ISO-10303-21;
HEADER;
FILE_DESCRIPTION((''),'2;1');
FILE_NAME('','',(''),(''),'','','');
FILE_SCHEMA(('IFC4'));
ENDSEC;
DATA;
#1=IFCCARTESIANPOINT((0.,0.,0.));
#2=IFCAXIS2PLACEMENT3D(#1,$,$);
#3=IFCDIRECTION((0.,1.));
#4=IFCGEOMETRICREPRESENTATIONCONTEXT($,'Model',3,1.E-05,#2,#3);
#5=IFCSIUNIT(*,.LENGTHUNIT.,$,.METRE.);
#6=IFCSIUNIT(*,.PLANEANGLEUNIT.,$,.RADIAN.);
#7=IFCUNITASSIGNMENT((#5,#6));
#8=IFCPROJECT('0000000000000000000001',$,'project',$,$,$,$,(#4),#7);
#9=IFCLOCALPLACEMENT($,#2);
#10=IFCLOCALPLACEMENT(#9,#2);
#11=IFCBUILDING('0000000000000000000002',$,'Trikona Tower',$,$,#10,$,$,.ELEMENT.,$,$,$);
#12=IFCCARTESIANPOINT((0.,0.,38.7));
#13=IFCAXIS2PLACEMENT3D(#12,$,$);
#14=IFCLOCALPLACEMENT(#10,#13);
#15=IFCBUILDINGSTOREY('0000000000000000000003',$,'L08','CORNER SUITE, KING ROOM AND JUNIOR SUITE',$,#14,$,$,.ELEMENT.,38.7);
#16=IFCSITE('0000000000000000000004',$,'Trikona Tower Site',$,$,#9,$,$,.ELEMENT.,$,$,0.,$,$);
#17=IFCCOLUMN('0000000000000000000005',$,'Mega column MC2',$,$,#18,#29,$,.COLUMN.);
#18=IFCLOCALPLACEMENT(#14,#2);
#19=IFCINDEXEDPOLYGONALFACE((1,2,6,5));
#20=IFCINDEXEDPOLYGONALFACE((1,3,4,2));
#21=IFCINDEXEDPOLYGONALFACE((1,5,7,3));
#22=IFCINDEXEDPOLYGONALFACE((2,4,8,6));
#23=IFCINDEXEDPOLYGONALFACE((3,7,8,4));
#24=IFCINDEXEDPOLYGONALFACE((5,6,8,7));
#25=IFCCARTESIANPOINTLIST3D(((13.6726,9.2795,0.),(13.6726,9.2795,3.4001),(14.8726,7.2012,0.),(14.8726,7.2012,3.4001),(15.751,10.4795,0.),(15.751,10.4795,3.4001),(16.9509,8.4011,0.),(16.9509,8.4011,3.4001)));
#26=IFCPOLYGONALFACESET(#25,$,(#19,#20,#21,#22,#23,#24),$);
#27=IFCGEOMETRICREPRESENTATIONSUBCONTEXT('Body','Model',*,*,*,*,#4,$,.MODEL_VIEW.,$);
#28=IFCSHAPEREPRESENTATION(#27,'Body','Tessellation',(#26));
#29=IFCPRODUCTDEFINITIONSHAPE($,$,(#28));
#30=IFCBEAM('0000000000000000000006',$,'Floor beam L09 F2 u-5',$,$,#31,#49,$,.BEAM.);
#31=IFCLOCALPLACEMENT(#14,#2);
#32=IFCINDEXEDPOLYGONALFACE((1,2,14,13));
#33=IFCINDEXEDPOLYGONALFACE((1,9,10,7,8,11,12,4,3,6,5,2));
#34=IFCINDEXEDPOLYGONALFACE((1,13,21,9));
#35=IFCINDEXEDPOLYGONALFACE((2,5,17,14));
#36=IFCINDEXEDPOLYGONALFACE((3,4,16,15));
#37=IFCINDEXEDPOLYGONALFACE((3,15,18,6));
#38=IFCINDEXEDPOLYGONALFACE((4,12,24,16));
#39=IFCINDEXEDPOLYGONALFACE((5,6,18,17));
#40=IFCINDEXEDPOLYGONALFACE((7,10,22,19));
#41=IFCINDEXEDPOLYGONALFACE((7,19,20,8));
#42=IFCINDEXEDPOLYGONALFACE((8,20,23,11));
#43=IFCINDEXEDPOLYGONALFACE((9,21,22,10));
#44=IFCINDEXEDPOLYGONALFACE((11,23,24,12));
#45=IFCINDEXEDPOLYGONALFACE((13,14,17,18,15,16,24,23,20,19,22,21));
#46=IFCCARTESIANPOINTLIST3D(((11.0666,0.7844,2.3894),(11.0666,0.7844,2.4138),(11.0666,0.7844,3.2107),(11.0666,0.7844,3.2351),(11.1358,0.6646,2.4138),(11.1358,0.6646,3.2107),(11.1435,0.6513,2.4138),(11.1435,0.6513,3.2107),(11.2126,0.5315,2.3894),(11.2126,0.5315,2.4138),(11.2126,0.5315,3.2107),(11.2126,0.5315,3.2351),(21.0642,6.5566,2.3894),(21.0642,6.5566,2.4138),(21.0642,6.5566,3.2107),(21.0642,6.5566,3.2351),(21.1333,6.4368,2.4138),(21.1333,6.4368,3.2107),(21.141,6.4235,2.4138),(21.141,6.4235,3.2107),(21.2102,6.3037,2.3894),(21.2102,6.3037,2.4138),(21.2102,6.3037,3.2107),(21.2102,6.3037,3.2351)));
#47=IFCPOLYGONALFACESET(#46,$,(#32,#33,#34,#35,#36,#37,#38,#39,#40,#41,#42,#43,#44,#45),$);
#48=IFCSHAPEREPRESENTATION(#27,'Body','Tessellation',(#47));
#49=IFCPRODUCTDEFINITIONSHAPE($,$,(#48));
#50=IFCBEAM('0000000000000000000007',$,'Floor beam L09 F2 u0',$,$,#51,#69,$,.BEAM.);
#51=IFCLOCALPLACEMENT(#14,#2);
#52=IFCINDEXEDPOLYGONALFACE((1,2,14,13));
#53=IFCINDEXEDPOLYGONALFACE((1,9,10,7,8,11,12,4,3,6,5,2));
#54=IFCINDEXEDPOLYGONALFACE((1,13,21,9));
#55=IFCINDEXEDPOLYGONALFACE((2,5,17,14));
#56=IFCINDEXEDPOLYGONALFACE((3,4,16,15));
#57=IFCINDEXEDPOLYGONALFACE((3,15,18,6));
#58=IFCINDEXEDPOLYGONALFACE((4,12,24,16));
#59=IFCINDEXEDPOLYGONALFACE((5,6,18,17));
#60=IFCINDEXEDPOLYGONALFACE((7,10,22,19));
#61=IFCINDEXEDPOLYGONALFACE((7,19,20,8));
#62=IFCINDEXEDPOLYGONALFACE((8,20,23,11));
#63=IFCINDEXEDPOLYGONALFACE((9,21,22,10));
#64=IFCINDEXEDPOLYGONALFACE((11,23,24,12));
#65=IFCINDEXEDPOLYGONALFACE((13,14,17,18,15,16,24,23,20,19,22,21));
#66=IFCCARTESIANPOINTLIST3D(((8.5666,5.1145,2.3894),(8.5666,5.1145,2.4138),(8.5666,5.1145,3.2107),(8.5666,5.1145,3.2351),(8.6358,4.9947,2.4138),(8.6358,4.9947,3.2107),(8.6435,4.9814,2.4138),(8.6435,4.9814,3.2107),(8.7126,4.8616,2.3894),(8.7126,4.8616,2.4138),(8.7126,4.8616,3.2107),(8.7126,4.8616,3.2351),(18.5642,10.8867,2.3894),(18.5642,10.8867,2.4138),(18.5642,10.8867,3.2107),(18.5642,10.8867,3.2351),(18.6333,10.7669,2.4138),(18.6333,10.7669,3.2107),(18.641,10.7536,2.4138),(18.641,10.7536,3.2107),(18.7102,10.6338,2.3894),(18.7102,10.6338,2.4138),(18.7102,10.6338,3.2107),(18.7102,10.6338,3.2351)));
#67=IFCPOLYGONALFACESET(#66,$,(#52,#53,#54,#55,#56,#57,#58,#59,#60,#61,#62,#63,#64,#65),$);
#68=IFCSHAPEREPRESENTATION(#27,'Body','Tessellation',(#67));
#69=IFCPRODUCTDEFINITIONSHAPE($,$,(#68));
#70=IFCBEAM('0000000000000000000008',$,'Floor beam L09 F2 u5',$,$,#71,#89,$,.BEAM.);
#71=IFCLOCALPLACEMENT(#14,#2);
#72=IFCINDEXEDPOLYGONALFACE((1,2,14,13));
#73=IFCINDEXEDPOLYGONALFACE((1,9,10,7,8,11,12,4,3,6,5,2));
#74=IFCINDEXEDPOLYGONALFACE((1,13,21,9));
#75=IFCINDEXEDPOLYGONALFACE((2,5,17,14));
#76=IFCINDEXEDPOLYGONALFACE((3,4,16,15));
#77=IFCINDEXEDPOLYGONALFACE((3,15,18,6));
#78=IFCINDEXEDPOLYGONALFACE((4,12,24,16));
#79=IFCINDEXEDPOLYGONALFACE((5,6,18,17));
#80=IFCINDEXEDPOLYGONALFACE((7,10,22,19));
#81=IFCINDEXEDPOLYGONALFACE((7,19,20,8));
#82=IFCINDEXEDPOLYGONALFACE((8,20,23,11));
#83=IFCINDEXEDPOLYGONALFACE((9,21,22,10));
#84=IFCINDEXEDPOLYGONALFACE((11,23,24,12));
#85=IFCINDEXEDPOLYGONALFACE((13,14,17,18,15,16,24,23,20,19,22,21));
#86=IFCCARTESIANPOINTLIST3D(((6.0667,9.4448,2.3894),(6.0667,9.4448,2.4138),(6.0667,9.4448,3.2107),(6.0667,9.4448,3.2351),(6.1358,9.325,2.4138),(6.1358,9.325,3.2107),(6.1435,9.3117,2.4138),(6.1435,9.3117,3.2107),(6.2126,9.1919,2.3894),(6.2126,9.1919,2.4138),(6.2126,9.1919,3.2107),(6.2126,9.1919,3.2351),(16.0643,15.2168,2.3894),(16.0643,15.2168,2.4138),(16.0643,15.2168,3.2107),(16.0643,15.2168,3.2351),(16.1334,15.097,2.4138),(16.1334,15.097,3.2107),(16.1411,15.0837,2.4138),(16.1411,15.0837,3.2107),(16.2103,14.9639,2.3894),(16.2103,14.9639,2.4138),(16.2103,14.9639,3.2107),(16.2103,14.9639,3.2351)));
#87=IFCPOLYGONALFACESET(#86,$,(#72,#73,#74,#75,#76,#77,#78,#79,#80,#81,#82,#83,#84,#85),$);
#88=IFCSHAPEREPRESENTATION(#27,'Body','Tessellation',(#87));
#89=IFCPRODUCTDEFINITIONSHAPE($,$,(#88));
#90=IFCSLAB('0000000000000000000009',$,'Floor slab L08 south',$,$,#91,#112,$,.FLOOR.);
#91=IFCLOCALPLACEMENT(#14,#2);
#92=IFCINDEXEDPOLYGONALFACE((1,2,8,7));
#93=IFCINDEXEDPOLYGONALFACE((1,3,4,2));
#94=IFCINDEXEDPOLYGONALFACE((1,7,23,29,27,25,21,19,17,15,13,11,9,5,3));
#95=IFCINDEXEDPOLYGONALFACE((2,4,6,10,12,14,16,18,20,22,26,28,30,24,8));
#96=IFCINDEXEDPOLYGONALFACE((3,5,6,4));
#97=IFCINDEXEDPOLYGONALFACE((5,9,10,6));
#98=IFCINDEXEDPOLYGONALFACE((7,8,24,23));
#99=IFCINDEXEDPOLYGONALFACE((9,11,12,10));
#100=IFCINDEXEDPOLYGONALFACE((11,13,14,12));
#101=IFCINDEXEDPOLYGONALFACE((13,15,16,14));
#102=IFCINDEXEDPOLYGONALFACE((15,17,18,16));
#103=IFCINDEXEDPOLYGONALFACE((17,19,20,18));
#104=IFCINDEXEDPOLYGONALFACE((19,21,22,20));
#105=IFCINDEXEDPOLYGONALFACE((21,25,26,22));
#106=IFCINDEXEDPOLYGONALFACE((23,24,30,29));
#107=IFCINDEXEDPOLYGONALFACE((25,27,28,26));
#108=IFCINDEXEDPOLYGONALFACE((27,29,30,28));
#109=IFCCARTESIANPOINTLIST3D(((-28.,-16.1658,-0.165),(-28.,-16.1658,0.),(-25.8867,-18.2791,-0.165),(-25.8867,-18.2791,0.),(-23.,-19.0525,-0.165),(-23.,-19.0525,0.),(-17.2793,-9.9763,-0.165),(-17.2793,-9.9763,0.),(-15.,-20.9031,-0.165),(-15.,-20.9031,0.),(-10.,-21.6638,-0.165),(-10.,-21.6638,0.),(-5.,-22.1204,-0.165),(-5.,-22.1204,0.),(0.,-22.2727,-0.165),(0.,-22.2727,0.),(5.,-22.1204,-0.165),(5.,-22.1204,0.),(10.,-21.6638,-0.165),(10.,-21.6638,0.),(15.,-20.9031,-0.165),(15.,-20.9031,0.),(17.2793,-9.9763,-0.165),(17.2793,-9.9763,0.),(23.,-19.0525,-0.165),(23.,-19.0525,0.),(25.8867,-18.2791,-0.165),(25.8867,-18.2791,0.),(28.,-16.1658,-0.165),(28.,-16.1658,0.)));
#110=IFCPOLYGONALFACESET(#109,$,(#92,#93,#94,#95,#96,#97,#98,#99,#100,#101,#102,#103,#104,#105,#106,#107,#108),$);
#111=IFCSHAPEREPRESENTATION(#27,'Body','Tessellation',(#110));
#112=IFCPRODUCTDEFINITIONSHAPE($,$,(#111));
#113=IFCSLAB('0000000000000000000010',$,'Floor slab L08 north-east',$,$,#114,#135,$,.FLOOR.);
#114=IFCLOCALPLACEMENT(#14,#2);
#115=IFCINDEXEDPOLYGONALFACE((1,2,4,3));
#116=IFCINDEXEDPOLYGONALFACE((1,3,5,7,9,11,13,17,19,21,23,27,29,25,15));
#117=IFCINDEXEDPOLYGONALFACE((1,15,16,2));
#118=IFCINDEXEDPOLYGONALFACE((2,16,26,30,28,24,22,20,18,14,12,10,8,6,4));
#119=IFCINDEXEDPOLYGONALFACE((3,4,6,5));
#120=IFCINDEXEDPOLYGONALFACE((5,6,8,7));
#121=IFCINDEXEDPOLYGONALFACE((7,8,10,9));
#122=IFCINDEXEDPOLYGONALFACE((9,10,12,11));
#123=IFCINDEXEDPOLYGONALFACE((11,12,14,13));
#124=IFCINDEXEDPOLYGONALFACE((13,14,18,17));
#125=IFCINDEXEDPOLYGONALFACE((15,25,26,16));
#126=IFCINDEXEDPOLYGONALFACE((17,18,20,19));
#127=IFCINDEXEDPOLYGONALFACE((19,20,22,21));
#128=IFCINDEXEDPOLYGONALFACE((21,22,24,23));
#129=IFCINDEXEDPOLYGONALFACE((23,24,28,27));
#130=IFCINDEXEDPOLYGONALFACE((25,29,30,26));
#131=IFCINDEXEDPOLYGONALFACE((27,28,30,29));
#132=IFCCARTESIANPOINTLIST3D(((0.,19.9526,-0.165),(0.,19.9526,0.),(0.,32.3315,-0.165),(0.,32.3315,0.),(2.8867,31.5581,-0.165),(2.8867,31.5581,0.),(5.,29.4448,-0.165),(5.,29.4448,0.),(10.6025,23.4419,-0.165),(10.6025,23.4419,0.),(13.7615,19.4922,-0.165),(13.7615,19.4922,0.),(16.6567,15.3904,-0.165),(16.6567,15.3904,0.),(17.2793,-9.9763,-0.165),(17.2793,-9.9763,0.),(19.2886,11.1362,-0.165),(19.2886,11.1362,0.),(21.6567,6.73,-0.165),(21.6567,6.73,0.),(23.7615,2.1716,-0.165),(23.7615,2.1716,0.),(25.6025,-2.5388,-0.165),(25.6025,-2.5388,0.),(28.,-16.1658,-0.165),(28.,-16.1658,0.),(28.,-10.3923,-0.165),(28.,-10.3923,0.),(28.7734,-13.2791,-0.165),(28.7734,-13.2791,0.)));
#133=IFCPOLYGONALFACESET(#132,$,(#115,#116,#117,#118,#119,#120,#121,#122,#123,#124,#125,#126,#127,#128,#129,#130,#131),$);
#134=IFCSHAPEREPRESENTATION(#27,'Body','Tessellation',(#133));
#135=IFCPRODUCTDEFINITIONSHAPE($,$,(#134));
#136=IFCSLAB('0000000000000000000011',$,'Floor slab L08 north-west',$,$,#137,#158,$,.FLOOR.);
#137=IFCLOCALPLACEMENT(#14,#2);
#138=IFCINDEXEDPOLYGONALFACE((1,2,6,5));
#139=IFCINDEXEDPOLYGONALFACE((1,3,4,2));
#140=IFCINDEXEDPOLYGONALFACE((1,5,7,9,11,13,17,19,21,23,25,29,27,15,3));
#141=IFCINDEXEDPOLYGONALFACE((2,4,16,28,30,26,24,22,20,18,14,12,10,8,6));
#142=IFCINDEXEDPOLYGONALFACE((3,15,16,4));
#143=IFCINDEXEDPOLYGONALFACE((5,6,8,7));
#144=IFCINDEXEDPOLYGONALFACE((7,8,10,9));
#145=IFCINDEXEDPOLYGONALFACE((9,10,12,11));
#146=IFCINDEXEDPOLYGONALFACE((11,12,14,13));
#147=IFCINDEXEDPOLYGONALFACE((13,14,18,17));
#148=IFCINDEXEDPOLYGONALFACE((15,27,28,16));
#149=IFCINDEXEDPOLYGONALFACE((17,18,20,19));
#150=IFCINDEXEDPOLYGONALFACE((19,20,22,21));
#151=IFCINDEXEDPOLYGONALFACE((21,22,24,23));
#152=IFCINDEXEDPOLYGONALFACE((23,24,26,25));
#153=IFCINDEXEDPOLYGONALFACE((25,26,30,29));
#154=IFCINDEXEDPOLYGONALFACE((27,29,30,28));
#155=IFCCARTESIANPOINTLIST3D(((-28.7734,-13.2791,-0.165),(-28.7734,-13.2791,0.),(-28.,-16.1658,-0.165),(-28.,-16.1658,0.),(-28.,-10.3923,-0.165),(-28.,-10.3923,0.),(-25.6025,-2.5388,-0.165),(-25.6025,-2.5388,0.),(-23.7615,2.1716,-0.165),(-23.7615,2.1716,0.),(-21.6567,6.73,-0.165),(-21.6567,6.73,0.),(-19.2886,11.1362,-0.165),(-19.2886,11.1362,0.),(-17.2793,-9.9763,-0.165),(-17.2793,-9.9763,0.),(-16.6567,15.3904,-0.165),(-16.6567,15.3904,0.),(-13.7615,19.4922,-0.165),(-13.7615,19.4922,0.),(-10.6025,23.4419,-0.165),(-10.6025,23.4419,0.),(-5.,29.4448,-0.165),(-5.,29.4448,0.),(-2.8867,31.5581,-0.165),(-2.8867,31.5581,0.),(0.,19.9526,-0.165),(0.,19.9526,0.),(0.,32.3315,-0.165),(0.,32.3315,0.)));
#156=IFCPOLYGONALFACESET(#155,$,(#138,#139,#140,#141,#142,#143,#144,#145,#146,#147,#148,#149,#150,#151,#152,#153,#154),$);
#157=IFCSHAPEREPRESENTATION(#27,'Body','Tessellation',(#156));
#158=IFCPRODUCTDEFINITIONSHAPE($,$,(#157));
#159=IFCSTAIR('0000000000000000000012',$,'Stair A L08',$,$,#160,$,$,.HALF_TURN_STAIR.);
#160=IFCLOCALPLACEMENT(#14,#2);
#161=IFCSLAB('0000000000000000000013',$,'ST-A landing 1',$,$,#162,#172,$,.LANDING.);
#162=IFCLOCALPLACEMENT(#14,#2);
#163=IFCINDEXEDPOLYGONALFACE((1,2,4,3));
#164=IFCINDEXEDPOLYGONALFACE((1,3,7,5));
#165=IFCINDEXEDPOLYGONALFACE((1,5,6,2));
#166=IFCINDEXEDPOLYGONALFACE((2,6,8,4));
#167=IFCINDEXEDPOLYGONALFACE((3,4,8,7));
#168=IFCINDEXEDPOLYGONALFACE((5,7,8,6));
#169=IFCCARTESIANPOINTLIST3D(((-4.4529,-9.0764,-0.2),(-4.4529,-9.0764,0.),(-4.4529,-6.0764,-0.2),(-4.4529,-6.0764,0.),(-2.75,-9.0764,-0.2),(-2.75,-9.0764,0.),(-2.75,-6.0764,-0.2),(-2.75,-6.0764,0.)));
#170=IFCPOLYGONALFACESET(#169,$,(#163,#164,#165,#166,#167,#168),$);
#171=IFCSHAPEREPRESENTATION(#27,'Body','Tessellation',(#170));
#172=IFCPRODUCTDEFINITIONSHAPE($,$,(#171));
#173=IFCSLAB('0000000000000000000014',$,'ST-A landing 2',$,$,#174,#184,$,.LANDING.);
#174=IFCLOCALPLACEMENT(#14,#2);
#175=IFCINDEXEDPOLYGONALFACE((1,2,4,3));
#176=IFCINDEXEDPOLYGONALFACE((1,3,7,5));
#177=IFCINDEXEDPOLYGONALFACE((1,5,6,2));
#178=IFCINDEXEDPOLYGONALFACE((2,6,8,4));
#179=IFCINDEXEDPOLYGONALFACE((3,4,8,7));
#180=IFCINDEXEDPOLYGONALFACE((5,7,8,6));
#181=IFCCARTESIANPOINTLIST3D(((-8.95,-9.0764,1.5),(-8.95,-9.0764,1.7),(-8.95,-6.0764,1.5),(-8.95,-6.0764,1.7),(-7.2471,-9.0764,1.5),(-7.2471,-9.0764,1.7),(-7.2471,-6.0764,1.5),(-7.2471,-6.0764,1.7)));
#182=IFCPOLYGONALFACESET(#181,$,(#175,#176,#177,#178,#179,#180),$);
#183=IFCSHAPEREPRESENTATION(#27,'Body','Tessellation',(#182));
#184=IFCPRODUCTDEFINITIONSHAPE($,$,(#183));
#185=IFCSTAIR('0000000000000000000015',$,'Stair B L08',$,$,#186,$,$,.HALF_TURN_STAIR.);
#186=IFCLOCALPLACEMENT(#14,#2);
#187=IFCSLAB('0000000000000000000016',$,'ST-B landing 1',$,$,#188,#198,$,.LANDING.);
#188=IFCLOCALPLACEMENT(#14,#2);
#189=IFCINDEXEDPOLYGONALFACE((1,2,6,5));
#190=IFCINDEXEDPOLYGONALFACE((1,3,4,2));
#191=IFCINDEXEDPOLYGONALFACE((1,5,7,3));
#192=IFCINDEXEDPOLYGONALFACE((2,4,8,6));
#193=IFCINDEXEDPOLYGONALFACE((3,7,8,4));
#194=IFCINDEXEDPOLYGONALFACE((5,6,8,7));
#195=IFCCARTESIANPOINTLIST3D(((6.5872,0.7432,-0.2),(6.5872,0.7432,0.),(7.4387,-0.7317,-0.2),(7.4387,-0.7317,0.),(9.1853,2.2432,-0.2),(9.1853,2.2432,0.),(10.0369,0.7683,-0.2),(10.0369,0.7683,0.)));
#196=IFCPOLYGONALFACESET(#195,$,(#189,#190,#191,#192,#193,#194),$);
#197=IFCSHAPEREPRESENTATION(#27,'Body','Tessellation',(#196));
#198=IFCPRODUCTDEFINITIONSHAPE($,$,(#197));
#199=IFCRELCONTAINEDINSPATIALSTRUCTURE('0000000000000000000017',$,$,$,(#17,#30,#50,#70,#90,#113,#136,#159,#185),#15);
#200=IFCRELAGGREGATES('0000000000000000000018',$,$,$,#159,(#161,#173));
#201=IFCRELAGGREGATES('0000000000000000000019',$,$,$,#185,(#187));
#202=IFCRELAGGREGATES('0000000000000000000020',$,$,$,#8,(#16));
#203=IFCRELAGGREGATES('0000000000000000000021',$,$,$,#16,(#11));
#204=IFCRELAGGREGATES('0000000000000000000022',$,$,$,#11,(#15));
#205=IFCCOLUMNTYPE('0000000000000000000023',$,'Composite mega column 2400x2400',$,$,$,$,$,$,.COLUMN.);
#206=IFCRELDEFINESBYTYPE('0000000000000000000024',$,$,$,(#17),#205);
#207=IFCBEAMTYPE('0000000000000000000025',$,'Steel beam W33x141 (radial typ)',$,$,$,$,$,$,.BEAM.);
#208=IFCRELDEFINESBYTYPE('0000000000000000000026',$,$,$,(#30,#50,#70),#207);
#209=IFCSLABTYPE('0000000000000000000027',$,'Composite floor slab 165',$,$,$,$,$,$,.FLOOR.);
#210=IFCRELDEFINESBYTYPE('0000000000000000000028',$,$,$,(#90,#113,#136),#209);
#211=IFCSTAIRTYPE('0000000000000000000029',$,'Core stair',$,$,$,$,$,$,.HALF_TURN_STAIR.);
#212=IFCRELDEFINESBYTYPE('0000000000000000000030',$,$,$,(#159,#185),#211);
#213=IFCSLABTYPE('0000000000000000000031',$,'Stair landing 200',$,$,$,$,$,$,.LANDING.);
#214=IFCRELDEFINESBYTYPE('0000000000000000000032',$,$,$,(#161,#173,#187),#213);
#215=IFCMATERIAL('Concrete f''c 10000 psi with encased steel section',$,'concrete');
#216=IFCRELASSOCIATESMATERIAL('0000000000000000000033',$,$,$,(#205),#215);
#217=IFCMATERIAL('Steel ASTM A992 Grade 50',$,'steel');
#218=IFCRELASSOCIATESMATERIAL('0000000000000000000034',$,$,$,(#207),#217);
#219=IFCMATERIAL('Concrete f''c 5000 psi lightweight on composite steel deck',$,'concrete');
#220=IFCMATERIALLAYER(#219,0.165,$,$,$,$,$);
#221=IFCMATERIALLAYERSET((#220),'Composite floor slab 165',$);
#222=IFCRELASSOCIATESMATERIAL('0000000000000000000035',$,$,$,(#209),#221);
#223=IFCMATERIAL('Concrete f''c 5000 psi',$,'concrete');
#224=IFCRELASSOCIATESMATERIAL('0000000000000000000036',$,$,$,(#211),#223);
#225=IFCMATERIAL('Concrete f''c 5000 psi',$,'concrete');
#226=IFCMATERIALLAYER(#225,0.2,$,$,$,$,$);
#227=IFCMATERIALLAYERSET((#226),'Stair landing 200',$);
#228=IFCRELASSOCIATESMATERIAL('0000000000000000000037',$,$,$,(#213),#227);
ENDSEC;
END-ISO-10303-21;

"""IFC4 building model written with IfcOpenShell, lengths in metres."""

from ifc_helpers import new_model, si_unit, direction, frame, origin, origin_2d, place, context, subcontext, project, spatial, polyline, rectangle, i_section, outline, extrude, material, layer, layer_set, material_profile, profile_set, type_object, element, aggregate, save


model = new_model("IFC4")

# Units and contexts
model_context = context("Model", 3, precision=1e-05, world=origin(), true_north=direction((0.0, 1.0)))
body_context = subcontext(model_context, "Body", "Model", "MODEL_VIEW")
ifc_project = project(units=[si_unit("LENGTHUNIT", "METRE"), si_unit("PLANEANGLEUNIT", "RADIAN")], contexts=[model_context])

# Site, building, storey
site_placement = place(None, origin())
site = spatial("IfcSite", under=ifc_project, at=site_placement, Name="Trikona Tower Site", CompositionType="ELEMENT", RefElevation=0.0)
building_placement = place(site_placement, origin())
building = spatial("IfcBuilding", under=site, at=building_placement, Name="Trikona Tower", CompositionType="ELEMENT")
storey_placement = place(building_placement, frame((0.0, 0.0, 38.7)))
storey = spatial("IfcBuildingStorey", under=building, at=storey_placement, Name="L08", Description="CORNER SUITE, KING ROOM AND JUNIOR SUITE", CompositionType="ELEMENT", Elevation=38.7)

# Column
ifc_material_1 = material(Name="Concrete f'c 10000 psi with encased steel section", Category="concrete")
ifc_material_profile_1 = material_profile(ifc_material_1, rectangle(XDim=2.3999, YDim=2.3999, at=origin_2d()), Name="MC2400")
ifc_profile_set_1 = profile_set([ifc_material_profile_1], Name="Concrete f'c 10000 psi with encased steel section")
column_type = type_object("IfcColumnType", Name="Composite mega column 2400x2400", PredefinedType="COLUMN", material=ifc_profile_set_1)
column_placement = place(storey_placement, frame((15.3118, 8.8403, 0.0), z_axis=(0.0, 0.0, 1.0), x_axis=(0.866025, 0.5, 0.0)))
element("IfcColumn", 1, at=column_placement, inside=storey, type_object=column_type, Name="Mega column MC2", PredefinedType="COLUMN", context=body_context, shape_type="SweptSolid", body=[
    extrude(rectangle(XDim=2.3999, YDim=2.3999, at=origin_2d()), origin(), (0.0, 0.0, 1.0), 3.4001),
])

# Beams
ifc_material_2 = material(Name="Steel ASTM A992 Grade 50", Category="steel")
ifc_material_profile_2 = material_profile(ifc_material_2, i_section(OverallWidth=0.292, OverallDepth=0.8457, WebThickness=0.0154, FlangeThickness=0.0244, at=origin_2d()), Name="W33X141")
ifc_profile_set_2 = profile_set([ifc_material_profile_2], Name="Steel ASTM A992 Grade 50")
beam_type = type_object("IfcBeamType", Name="Steel beam W33x141 (radial typ)", PredefinedType="BEAM", material=ifc_profile_set_2)
for number, where, z_axis, x_axis, name in (
    (2, (11.1396, 0.658, 2.8123), (0.866021, 0.500008, 0.0), (-0.500008, 0.866021, 0.0), "Floor beam L09 F2 u-5"),
    (3, (8.6396, 4.988, 2.8123), (0.866021, 0.500008, 0.0), (-0.500008, 0.866021, 0.0), "Floor beam L09 F2 u0"),
    (4, (6.1396, 9.3184, 2.8123), (0.86603, 0.499992, 0.0), (-0.499992, 0.86603, 0.0), "Floor beam L09 F2 u5"),
):
    element("IfcBeam", number, at=place(storey_placement, frame(where, z_axis=z_axis, x_axis=x_axis)), inside=storey, type_object=beam_type, Name=name, PredefinedType="BEAM", context=body_context, shape_type="SweptSolid", body=[
        extrude(i_section(OverallWidth=0.292, OverallDepth=0.8457, WebThickness=0.0154, FlangeThickness=0.0244, at=origin_2d()), origin(), (0.0, 0.0, 1.0), 11.5442),
    ])

# Slabs
ifc_material_3 = material(Name="Concrete f'c 5000 psi lightweight on composite steel deck", Category="concrete")
ifc_layer_1 = layer(ifc_material_3, 0.165)
ifc_layer_set_1 = layer_set([ifc_layer_1], Name="Composite floor slab 165")
slab_type_1 = type_object("IfcSlabType", Name="Composite floor slab 165", PredefinedType="FLOOR", material=ifc_layer_set_1)
slab_1_placement = place(storey_placement, frame((0.0, 0.0, -0.165)))
element("IfcSlab", 5, at=slab_1_placement, inside=storey, type_object=slab_type_1, Name="Floor slab L08 south", PredefinedType="FLOOR", context=body_context, shape_type="SweptSolid", body=[
    extrude(outline(polyline([(25.8867, -18.2791), (28.0, -16.1658), (17.2793, -9.9763), (-17.2793, -9.9763), (-28.0, -16.1658), (-25.8867, -18.2791), (-23.0, -19.0525), (-15.0, -20.9031), (-10.0, -21.6638), (-5.0, -22.1204), (0.0, -22.2727), (5.0, -22.1204), (10.0, -21.6638), (15.0, -20.9031), (23.0, -19.0525), (25.8867, -18.2791)])), origin(), (0.0, 0.0, 1.0), 0.165),
])
slab_2_placement = place(storey_placement, frame((0.0, 0.0, -0.165)))
element("IfcSlab", 6, at=slab_2_placement, inside=storey, type_object=slab_type_1, Name="Floor slab L08 north-east", PredefinedType="FLOOR", context=body_context, shape_type="SweptSolid", body=[
    extrude(outline(polyline([(2.8867, 31.5581), (0.0, 32.3315), (0.0, 19.9526), (17.2793, -9.9763), (28.0, -16.1658), (28.7734, -13.2791), (28.0, -10.3923), (25.6025, -2.5388), (23.7615, 2.1716), (21.6567, 6.73), (19.2886, 11.1362), (16.6567, 15.3904), (13.7615, 19.4922), (10.6025, 23.4419), (5.0, 29.4448), (2.8867, 31.5581)])), origin(), (0.0, 0.0, 1.0), 0.165),
])
slab_3_placement = place(storey_placement, frame((0.0, 0.0, -0.165)))
element("IfcSlab", 7, at=slab_3_placement, inside=storey, type_object=slab_type_1, Name="Floor slab L08 north-west", PredefinedType="FLOOR", context=body_context, shape_type="SweptSolid", body=[
    extrude(outline(polyline([(0.0, 19.9526), (0.0, 32.3315), (-2.8867, 31.5581), (-5.0, 29.4448), (-10.6025, 23.4419), (-13.7615, 19.4922), (-16.6567, 15.3904), (-19.2886, 11.1362), (-21.6567, 6.73), (-23.7615, 2.1716), (-25.6025, -2.5388), (-28.0, -10.3923), (-28.7734, -13.2791), (-28.0, -16.1658), (-17.2793, -9.9763), (0.0, 19.9526)])), origin(), (0.0, 0.0, 1.0), 0.165),
])

# Stairs, slabs
ifc_material_4 = material(Name="Concrete f'c 5000 psi", Category="concrete")
stair_type = type_object("IfcStairType", Name="Core stair", PredefinedType="HALF_TURN_STAIR", material=ifc_material_4)
stair_1_placement = place(storey_placement, origin())
stair_1 = element("IfcStair", 8, at=stair_1_placement, inside=storey, type_object=stair_type, Name="Stair A L08", PredefinedType="HALF_TURN_STAIR")
ifc_material_5 = material(Name="Concrete f'c 5000 psi", Category="concrete")
ifc_layer_2 = layer(ifc_material_5, 0.2)
ifc_layer_set_2 = layer_set([ifc_layer_2], Name="Stair landing 200")
slab_type_2 = type_object("IfcSlabType", Name="Stair landing 200", PredefinedType="LANDING", material=ifc_layer_set_2)
slab_4_placement = place(storey_placement, frame((0.0, 0.0, -0.2)))
slab_4 = element("IfcSlab", 9, at=slab_4_placement, type_object=slab_type_2, Name="ST-A landing 1", PredefinedType="LANDING", context=body_context, shape_type="SweptSolid", body=[
    extrude(outline(polyline([(-4.4529, -6.0764), (-2.75, -6.0764), (-2.75, -9.0764), (-4.4529, -9.0764), (-4.4529, -6.0764)])), origin(), (0.0, 0.0, 1.0), 0.2),
])
slab_5_placement = place(storey_placement, frame((0.0, 0.0, 1.5)))
slab_5 = element("IfcSlab", 10, at=slab_5_placement, type_object=slab_type_2, Name="ST-A landing 2", PredefinedType="LANDING", context=body_context, shape_type="SweptSolid", body=[
    extrude(outline(polyline([(-8.95, -6.0764), (-7.2471, -6.0764), (-7.2471, -9.0764), (-8.95, -9.0764), (-8.95, -6.0764)])), origin(), (0.0, 0.0, 1.0), 0.2),
])
aggregate(stair_1, [slab_4, slab_5])
stair_2_placement = place(storey_placement, origin())
stair_2 = element("IfcStair", 11, at=stair_2_placement, inside=storey, type_object=stair_type, Name="Stair B L08", PredefinedType="HALF_TURN_STAIR")
slab_6_placement = place(storey_placement, frame((0.0, 0.0, -0.2)))
slab_6 = element("IfcSlab", 12, at=slab_6_placement, type_object=slab_type_2, Name="ST-B landing 1", PredefinedType="LANDING", context=body_context, shape_type="SweptSolid", body=[
    extrude(outline(polyline([(7.4387, -0.7317), (6.5872, 0.7432), (9.1853, 2.2432), (10.0369, 0.7683), (7.4387, -0.7317)])), origin(), (0.0, 0.0, 1.0), 0.2),
])

aggregate(stair_2, [slab_6])

save(model, "model.ifc")
